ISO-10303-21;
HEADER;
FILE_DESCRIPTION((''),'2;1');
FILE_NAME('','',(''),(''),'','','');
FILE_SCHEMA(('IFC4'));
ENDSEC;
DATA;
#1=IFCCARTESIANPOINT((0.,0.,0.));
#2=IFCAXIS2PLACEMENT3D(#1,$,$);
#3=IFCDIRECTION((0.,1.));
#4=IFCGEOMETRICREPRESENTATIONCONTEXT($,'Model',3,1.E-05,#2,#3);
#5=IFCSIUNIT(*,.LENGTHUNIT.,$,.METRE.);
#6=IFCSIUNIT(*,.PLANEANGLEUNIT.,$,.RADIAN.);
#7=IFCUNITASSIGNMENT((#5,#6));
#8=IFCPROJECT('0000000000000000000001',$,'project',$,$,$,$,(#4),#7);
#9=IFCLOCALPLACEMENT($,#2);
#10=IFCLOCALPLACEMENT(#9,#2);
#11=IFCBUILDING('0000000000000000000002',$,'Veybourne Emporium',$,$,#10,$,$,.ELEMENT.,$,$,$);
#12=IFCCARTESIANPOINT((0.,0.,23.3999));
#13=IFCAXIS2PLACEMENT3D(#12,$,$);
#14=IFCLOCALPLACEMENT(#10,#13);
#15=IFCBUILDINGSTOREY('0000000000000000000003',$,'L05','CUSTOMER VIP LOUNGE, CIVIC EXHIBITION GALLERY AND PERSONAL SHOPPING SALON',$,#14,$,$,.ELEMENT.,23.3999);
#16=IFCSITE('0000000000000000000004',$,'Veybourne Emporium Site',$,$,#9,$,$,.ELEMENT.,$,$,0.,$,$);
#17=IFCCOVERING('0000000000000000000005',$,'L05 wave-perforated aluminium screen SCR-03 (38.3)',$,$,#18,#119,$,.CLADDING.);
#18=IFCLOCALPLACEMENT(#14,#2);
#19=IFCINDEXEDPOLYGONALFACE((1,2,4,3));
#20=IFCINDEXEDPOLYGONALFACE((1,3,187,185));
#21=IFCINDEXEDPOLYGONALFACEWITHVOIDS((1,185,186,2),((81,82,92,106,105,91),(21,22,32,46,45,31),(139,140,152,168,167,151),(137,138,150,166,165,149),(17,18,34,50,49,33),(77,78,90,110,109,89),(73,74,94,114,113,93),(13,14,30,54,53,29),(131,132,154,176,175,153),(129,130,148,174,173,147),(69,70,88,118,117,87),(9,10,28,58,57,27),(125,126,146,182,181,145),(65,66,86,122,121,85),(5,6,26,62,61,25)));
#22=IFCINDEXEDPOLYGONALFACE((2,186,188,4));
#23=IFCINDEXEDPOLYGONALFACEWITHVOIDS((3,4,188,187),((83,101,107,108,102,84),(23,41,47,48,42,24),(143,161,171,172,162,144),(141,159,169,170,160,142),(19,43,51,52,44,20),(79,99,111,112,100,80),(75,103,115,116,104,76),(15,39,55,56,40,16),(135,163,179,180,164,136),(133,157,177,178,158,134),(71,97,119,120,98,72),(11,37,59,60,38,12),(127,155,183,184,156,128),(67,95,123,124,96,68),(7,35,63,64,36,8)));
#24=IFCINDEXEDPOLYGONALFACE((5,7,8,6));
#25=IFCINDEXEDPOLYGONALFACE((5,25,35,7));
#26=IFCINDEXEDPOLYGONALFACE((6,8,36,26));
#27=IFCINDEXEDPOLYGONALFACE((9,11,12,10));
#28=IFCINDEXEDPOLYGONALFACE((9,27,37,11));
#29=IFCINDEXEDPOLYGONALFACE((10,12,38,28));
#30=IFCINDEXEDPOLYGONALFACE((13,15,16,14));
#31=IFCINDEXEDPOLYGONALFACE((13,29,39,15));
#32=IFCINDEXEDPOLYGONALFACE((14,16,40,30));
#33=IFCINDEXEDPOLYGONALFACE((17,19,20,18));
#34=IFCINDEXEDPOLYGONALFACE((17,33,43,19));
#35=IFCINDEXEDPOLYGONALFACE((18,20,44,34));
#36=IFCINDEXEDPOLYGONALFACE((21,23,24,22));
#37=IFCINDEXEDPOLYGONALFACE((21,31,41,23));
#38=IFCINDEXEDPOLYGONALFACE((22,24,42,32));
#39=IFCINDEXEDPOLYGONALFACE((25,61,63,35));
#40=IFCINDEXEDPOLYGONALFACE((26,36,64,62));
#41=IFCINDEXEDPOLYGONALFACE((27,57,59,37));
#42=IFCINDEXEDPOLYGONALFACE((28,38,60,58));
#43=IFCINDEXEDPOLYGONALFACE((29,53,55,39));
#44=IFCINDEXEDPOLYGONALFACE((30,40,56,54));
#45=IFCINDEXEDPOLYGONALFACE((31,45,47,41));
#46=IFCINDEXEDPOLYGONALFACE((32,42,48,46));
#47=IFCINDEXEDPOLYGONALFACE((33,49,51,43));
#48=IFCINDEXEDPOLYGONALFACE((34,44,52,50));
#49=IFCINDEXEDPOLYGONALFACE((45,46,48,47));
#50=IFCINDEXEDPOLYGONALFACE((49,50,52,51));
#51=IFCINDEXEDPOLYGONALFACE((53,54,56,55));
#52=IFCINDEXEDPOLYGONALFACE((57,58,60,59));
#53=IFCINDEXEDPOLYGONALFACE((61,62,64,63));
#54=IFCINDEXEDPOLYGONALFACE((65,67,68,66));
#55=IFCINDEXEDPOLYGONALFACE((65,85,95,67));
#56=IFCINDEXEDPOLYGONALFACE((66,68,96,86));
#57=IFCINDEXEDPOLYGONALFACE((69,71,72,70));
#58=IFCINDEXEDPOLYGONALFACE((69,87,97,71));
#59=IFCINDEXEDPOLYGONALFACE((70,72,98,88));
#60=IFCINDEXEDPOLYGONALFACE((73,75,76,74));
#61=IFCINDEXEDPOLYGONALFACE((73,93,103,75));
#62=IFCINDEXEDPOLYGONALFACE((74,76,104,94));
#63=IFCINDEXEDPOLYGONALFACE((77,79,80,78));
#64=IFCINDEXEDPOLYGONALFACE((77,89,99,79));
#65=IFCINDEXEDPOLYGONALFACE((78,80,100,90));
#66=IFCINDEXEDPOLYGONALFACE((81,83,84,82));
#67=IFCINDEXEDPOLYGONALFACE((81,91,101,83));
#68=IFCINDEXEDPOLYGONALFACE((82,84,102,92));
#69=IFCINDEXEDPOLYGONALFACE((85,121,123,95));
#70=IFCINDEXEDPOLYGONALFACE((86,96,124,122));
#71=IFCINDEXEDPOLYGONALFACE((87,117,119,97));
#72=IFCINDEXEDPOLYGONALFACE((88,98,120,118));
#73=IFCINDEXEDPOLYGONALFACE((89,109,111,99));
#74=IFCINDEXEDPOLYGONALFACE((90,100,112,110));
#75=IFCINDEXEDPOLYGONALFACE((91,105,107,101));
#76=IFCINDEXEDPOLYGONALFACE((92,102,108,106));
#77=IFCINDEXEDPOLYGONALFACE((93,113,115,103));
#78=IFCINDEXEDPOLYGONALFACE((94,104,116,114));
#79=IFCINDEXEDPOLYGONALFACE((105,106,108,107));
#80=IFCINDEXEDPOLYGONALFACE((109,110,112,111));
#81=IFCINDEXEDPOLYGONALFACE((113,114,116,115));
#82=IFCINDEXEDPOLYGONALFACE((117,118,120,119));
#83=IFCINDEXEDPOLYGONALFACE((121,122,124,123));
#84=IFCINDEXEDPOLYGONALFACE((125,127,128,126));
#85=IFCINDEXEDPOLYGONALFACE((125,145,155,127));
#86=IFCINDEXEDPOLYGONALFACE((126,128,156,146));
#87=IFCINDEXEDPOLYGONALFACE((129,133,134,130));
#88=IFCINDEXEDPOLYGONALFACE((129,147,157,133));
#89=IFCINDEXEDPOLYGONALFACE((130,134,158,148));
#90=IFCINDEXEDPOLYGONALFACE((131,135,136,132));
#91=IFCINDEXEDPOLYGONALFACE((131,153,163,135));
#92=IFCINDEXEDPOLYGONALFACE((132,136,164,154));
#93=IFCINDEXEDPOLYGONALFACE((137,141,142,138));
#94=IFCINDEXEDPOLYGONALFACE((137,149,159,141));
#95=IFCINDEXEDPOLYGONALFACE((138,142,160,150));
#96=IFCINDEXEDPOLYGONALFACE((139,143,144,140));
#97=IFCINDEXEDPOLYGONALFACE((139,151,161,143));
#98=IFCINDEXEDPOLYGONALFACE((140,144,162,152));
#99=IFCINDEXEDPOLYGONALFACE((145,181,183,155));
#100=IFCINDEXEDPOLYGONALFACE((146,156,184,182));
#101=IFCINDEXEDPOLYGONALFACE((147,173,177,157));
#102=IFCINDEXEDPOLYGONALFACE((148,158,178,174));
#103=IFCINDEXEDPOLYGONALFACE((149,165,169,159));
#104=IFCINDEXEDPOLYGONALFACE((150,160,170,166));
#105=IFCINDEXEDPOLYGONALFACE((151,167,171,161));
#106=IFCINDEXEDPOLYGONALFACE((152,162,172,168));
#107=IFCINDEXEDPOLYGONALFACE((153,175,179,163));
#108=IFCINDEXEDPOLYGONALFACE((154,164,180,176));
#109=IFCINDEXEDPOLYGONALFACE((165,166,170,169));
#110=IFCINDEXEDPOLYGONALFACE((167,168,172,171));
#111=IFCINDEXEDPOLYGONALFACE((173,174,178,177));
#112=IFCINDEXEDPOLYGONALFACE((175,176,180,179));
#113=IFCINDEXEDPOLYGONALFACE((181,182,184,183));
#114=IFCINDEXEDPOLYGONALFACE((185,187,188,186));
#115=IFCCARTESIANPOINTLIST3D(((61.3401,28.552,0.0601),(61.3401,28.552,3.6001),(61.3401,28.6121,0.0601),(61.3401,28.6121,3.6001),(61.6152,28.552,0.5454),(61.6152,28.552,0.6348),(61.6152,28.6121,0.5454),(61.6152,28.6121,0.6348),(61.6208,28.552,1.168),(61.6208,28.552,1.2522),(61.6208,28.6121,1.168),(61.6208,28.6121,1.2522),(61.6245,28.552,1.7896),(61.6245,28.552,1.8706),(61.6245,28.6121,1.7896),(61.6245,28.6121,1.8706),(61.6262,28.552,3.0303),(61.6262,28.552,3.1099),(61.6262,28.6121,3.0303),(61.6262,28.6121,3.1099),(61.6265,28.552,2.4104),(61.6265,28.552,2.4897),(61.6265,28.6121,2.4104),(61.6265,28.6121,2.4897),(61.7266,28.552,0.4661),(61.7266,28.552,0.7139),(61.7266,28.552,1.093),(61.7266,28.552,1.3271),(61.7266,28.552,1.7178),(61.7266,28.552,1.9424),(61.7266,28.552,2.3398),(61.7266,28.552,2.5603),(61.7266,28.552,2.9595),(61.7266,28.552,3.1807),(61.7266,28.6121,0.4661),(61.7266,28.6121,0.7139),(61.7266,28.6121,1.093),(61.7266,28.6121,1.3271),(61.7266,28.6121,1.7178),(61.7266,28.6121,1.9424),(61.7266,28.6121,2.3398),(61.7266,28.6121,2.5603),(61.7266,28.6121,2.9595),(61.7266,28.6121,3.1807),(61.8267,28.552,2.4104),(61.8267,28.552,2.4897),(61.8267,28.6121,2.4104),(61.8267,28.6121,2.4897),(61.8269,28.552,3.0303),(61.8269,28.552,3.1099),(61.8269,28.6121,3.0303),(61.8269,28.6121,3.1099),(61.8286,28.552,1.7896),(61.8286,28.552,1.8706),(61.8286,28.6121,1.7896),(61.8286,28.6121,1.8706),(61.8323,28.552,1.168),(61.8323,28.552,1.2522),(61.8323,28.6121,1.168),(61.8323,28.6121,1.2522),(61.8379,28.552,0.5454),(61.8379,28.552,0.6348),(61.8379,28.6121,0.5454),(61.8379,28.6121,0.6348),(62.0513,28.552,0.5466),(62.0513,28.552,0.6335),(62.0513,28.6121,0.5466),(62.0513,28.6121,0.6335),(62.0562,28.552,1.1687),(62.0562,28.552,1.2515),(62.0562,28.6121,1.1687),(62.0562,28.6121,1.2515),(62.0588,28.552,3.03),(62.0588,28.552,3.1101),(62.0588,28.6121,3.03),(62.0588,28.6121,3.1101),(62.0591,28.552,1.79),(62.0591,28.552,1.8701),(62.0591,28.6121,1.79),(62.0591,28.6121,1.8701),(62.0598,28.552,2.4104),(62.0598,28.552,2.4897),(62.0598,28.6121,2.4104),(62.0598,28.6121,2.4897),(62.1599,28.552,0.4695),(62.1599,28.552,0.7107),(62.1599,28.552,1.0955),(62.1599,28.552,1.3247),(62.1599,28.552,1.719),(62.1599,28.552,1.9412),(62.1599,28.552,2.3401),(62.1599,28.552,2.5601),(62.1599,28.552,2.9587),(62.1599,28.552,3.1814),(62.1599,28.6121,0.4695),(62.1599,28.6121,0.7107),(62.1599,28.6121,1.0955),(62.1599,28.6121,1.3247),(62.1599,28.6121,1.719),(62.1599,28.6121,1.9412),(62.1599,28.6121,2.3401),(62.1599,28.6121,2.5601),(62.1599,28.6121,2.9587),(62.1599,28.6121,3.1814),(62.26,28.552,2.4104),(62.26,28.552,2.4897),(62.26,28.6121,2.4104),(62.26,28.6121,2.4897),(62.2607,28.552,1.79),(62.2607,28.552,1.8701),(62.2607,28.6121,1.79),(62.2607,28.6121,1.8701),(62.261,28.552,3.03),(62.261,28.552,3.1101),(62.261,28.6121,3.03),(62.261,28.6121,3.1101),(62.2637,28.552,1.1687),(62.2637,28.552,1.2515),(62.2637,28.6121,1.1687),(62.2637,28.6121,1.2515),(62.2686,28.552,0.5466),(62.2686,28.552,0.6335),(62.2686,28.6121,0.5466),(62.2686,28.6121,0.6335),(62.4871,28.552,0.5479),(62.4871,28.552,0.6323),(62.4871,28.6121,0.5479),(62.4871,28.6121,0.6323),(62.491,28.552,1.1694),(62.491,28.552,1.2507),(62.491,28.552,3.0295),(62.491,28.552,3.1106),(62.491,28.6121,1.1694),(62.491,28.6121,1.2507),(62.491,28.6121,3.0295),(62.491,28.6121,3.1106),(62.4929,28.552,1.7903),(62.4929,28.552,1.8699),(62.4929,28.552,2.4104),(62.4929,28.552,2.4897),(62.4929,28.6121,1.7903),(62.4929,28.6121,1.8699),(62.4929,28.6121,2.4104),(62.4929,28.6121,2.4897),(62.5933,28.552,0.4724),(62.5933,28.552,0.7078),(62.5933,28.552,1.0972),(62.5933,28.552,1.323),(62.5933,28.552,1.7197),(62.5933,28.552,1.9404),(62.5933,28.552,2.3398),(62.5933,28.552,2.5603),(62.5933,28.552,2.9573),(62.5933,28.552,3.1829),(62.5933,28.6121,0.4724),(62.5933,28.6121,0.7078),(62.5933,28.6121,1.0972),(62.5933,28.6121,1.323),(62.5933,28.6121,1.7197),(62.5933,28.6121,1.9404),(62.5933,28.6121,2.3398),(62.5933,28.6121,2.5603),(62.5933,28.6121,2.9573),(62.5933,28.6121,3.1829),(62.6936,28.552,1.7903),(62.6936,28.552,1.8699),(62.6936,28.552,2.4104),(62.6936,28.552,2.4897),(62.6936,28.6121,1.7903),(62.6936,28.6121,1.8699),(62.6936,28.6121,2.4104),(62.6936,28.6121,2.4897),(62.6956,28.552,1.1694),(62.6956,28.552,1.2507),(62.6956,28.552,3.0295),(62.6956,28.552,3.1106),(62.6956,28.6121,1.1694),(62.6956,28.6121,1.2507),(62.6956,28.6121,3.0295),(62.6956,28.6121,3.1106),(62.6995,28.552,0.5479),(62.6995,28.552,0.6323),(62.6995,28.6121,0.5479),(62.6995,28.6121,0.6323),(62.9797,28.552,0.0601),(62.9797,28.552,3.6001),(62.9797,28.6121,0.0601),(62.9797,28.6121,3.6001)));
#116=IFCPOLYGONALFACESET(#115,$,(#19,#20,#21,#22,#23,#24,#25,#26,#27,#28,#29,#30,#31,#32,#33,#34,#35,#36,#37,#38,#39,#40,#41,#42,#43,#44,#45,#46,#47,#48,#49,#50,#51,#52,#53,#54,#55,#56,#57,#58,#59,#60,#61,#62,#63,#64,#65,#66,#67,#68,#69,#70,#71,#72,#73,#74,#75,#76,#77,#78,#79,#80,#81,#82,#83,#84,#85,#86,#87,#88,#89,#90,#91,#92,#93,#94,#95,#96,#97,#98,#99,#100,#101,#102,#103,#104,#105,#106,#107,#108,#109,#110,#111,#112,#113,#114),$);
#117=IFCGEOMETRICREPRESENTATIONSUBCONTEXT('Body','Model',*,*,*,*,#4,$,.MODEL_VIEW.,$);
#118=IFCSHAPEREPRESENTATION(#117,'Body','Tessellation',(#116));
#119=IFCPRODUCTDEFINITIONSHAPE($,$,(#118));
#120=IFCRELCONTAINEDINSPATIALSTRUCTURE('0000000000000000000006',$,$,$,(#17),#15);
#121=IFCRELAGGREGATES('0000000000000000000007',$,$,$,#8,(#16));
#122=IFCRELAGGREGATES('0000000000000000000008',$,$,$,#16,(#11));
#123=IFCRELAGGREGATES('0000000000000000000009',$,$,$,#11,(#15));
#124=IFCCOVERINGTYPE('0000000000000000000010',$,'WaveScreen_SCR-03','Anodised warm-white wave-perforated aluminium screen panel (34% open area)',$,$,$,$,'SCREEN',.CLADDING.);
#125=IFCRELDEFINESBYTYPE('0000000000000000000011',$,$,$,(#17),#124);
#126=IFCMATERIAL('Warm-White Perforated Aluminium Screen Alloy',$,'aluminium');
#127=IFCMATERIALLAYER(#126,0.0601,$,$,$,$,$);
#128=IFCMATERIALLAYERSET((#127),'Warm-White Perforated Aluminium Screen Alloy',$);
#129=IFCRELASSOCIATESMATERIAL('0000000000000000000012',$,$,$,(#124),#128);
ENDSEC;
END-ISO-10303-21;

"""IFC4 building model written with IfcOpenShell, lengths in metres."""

from ifc_helpers import new_model, si_unit, direction, frame, origin, place, context, subcontext, project, spatial, polyline, outline, extrude, material, layer, layer_set, type_object, element, save


model = new_model("IFC4")

# Units and contexts
model_context = context("Model", 3, precision=1e-05, world=origin(), true_north=direction((0.0, 1.0)))
body_context = subcontext(model_context, "Body", "Model", "MODEL_VIEW")
ifc_project = project(units=[si_unit("LENGTHUNIT", "METRE"), si_unit("PLANEANGLEUNIT", "RADIAN")], contexts=[model_context])

# Site, building, storey
site_placement = place(None, origin())
site = spatial("IfcSite", under=ifc_project, at=site_placement, Name="Veybourne Emporium Site", CompositionType="ELEMENT", RefElevation=0.0)
building_placement = place(site_placement, origin())
building = spatial("IfcBuilding", under=site, at=building_placement, Name="Veybourne Emporium", CompositionType="ELEMENT")
storey_placement = place(building_placement, frame((0.0, 0.0, 23.3999)))
storey = spatial("IfcBuildingStorey", under=building, at=storey_placement, Name="L05", Description="CUSTOMER VIP LOUNGE, CIVIC EXHIBITION GALLERY AND PERSONAL SHOPPING SALON", CompositionType="ELEMENT", Elevation=23.3999)

# Covering
ifc_material_1 = material(Name="Warm-White Perforated Aluminium Screen Alloy", Category="aluminium")
ifc_layer_1 = layer(ifc_material_1, 0.0601)
ifc_layer_set_1 = layer_set([ifc_layer_1], Name="Warm-White Perforated Aluminium Screen Alloy")
covering_type_1 = type_object("IfcCoveringType", Name="WaveScreen_SCR-03", Description="Anodised warm-white wave-perforated aluminium screen panel (34% open area)", ElementType="SCREEN", PredefinedType="CLADDING", material=ifc_layer_set_1)
covering_1_placement = place(storey_placement, frame((62.1599, 28.552, 1.8301), z_axis=(0.0, 1.0, 0.0), x_axis=(-1.0, 0.0, 0.0)))
element("IfcCovering", 1, at=covering_1_placement, inside=storey, type_object=covering_type_1, Name="L05 wave-perforated aluminium screen SCR-03 (38.3)", PredefinedType="CLADDING", context=body_context, shape_type="SweptSolid", body=[
    extrude(outline(polyline([(-0.8198, -1.77), (0.8198, -1.77), (0.8198, 1.77), (-0.8198, 1.77), (-0.8198, -1.77)]), holes=[polyline([(-0.4333, -1.1223), (-0.3271, -1.1978), (-0.3271, -1.2822), (-0.4333, -1.3577), (-0.5396, -1.2822), (-0.5396, -1.1978), (-0.4333, -1.1223)]), polyline([(-0.4333, -0.5071), (-0.3311, -0.5793), (-0.3311, -0.6606), (-0.4333, -0.7329), (-0.5356, -0.6606), (-0.5356, -0.5793), (-0.4333, -0.5071)]), polyline([(-0.4333, 0.1104), (-0.333, 0.0398), (-0.333, -0.0398), (-0.4333, -0.1104), (-0.5337, -0.0398), (-0.5337, 0.0398), (-0.4333, 0.1104)]), polyline([(-0.4333, 0.7302), (-0.333, 0.6597), (-0.333, 0.5803), (-0.4333, 0.5098), (-0.5337, 0.5803), (-0.5337, 0.6597), (-0.4333, 0.7302)]), polyline([(-0.4333, 1.3528), (-0.3311, 1.2805), (-0.3311, 1.1995), (-0.4333, 1.1272), (-0.5356, 1.1995), (-0.5356, 1.2805), (-0.4333, 1.3528)]), polyline([(0.0, -1.1194), (0.1086, -1.1965), (0.1086, -1.2834), (0.0, -1.3606), (-0.1086, -1.2834), (-0.1086, -1.1965), (0.0, -1.1194)]), polyline([(0.0, -0.5054), (0.1038, -0.5786), (0.1038, -0.6614), (0.0, -0.7346), (-0.1038, -0.6614), (-0.1038, -0.5786), (0.0, -0.5054)]), polyline([(0.0, 0.1111), (0.1008, 0.04), (0.1008, -0.04), (0.0, -0.1111), (-0.1008, -0.04), (-0.1008, 0.04), (0.0, 0.1111)]), polyline([(0.0, 0.73), (0.1001, 0.6597), (0.1001, 0.5803), (0.0, 0.51), (-0.1001, 0.5803), (-0.1001, 0.6597), (0.0, 0.73)]), polyline([(0.0, 1.3513), (0.1011, 1.28), (0.1011, 1.2), (0.0, 1.1287), (-0.1011, 1.2), (-0.1011, 1.28), (0.0, 1.3513)]), polyline([(0.4333, -1.1162), (0.5447, -1.1953), (0.5447, -1.2847), (0.4333, -1.364), (0.322, -1.2847), (0.322, -1.1953), (0.4333, -1.1162)]), polyline([(0.4333, -0.5029), (0.5391, -0.5779), (0.5391, -0.6621), (0.4333, -0.7371), (0.3276, -0.6621), (0.3276, -0.5779), (0.4333, -0.5029)]), polyline([(0.4333, 0.1123), (0.5354, 0.0405), (0.5354, -0.0405), (0.4333, -0.1123), (0.3313, -0.0405), (0.3313, 0.0405), (0.4333, 0.1123)]), polyline([(0.4333, 0.7302), (0.5334, 0.6597), (0.5334, 0.5803), (0.4333, 0.5098), (0.3333, 0.5803), (0.3333, 0.6597), (0.4333, 0.7302)]), polyline([(0.4333, 1.3506), (0.5337, 1.2798), (0.5337, 1.2002), (0.4333, 1.1294), (0.333, 1.2002), (0.333, 1.2798), (0.4333, 1.3506)])]), origin(), (0.0, 0.0, 1.0), 0.0601),
])

save(model, "model.ifc")
